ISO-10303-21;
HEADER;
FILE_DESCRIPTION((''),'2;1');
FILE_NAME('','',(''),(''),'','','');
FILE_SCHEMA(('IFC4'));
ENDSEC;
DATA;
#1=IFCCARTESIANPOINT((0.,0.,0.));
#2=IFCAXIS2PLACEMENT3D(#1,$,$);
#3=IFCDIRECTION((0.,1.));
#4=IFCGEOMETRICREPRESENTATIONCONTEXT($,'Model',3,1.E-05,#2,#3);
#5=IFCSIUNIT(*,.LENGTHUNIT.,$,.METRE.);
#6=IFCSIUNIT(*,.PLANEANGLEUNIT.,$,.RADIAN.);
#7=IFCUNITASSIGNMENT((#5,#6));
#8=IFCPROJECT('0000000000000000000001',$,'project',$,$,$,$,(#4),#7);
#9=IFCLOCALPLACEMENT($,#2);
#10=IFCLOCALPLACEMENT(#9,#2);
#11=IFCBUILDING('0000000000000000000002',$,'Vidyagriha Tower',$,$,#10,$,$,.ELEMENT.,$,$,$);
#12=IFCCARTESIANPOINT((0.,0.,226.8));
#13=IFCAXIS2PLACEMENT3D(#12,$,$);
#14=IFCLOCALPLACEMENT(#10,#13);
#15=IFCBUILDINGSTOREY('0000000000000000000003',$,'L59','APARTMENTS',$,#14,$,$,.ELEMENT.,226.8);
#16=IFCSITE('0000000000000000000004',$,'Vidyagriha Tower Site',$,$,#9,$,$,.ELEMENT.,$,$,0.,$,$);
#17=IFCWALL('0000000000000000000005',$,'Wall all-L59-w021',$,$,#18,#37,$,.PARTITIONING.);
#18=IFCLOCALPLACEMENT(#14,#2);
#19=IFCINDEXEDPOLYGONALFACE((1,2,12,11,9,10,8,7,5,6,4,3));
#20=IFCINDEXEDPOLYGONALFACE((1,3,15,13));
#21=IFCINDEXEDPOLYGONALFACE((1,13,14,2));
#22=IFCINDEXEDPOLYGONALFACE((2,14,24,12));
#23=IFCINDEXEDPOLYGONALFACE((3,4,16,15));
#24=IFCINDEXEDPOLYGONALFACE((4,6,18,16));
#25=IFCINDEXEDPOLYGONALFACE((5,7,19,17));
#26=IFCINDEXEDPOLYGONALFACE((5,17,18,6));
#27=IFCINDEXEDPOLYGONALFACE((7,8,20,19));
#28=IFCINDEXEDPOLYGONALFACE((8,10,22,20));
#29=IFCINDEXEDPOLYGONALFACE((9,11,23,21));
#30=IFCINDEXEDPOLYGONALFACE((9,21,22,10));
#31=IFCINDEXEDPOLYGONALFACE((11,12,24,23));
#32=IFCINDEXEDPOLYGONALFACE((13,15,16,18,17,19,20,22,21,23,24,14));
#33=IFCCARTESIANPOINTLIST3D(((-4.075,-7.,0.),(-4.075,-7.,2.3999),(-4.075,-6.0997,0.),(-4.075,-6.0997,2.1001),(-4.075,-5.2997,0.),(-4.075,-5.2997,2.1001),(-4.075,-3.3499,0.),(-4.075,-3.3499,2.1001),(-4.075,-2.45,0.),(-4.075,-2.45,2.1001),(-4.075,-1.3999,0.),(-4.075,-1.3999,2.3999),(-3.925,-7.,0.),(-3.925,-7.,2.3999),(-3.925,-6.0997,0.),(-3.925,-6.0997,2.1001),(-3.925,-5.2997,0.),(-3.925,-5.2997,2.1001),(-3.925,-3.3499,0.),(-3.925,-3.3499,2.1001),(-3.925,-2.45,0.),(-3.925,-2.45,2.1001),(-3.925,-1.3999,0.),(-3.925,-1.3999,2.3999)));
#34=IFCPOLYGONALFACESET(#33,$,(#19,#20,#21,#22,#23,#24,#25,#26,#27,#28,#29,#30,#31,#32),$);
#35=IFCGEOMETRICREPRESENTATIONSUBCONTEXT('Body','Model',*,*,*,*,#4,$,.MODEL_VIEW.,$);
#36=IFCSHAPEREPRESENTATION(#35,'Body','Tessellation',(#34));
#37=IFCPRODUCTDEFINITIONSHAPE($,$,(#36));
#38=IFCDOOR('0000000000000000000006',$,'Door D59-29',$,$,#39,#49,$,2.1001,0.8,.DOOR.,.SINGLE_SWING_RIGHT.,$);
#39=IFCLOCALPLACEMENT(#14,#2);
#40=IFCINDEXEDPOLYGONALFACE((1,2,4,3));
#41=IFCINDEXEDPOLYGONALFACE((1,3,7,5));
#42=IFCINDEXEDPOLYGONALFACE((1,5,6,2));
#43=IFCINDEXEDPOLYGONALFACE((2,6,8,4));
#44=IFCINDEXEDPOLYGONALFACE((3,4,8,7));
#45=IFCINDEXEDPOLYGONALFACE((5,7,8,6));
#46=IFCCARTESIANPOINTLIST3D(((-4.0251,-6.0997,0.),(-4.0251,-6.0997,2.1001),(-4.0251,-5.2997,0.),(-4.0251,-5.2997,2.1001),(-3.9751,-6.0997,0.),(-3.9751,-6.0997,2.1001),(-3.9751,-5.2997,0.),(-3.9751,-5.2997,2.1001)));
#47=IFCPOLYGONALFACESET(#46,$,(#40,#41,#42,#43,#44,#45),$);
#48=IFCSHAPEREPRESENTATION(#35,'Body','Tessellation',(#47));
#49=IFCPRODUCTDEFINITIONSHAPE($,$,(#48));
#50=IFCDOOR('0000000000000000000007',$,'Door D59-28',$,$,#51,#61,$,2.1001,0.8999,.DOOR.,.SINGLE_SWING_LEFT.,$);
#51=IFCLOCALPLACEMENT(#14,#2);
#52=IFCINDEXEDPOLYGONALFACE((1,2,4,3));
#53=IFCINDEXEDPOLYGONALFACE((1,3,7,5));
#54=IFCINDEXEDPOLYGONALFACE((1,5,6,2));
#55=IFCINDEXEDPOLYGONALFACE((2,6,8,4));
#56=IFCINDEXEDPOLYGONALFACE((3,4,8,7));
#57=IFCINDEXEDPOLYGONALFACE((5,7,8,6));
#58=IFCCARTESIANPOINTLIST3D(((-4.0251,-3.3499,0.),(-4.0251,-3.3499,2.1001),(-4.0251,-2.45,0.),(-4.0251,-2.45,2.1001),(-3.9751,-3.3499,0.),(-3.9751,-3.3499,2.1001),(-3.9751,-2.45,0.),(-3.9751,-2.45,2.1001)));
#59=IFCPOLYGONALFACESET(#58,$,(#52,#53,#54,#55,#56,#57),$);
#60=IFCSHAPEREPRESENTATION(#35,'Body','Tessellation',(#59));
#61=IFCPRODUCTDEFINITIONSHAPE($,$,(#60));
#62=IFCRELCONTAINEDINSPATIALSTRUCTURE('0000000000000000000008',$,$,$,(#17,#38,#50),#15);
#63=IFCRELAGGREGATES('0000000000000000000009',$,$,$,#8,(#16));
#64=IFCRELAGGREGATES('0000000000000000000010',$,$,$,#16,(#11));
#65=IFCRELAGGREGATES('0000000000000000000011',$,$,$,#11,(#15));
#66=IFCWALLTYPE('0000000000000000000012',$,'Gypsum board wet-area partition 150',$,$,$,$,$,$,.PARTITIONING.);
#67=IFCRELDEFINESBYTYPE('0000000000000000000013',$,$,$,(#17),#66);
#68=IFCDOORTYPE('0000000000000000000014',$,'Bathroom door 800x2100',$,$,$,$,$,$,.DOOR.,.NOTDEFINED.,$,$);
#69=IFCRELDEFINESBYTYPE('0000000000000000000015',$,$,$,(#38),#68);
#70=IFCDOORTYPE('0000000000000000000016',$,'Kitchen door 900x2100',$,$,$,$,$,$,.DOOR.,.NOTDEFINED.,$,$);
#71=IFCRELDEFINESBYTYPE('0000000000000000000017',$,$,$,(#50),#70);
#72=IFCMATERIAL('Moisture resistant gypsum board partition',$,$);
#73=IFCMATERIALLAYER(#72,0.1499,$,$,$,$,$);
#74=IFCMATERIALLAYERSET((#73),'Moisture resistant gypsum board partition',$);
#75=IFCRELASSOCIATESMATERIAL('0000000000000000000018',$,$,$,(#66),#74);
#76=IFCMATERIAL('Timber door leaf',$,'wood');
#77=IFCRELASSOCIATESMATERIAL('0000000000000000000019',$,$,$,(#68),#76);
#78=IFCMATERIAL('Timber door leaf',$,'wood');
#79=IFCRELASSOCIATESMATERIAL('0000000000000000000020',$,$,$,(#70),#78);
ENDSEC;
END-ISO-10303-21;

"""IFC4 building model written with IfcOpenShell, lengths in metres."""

from ifc_helpers import new_model, si_unit, direction, frame, frame_2d, origin, place, context, subcontext, project, spatial, rectangle, extrude, material, layer, layer_set, type_object, element, fill, save


model = new_model("IFC4")

# Units and contexts
model_context = context("Model", 3, precision=1e-05, world=origin(), true_north=direction((0.0, 1.0)))
body_context = subcontext(model_context, "Body", "Model", "MODEL_VIEW")
ifc_project = project(units=[si_unit("LENGTHUNIT", "METRE"), si_unit("PLANEANGLEUNIT", "RADIAN")], contexts=[model_context])

# Site, building, storey
site_placement = place(None, origin())
site = spatial("IfcSite", under=ifc_project, at=site_placement, Name="Vidyagriha Tower Site", CompositionType="ELEMENT", RefElevation=0.0)
building_placement = place(site_placement, origin())
building = spatial("IfcBuilding", under=site, at=building_placement, Name="Vidyagriha Tower", CompositionType="ELEMENT")
storey_placement = place(building_placement, frame((0.0, 0.0, 226.8)))
storey = spatial("IfcBuildingStorey", under=building, at=storey_placement, Name="L59", Description="APARTMENTS", CompositionType="ELEMENT", Elevation=226.8)

# Wall, openings, doors
ifc_material_1 = material(Name="Moisture resistant gypsum board partition")
ifc_layer_1 = layer(ifc_material_1, 0.1499)
ifc_layer_set_1 = layer_set([ifc_layer_1], Name="Moisture resistant gypsum board partition")
wall_type_1 = type_object("IfcWallType", Name="Gypsum board wet-area partition 150", PredefinedType="PARTITIONING", material=ifc_layer_set_1)
wall_1_placement = place(storey_placement, frame((-4.0, -1.3999, 0.0), z_axis=(0.0, 0.0, 1.0), x_axis=(0.0, -1.0, 0.0)))
wall_1 = element("IfcWall", 1, at=wall_1_placement, inside=storey, type_object=wall_type_1, Name="Wall all-L59-w021", PredefinedType="PARTITIONING", context=body_context, shape_type="SweptSolid", body=[
    extrude(rectangle(XDim=5.6001, YDim=0.1499, at=frame_2d((2.8, 0.0))), origin(), (0.0, 0.0, 1.0), 2.3999),
])
opening_1_placement = place(wall_1_placement, frame((1.05, 0.0, 0.0)))
opening_1 = element("IfcOpeningElement", 2, at=opening_1_placement, cuts=wall_1, PredefinedType="OPENING", context=body_context, shape_type="SweptSolid", body=[
    extrude(rectangle(XDim=0.8999, YDim=2.1001, at=frame_2d((0.45, 1.05))), frame((0.0, 0.085, 0.0), z_axis=(0.0, -1.0, 0.0), x_axis=(1.0, 0.0, 0.0)), (0.0, 0.0, 1.0), 0.1699),
])
opening_2_placement = place(wall_1_placement, frame((3.8999, 0.0, 0.0)))
opening_2 = element("IfcOpeningElement", 3, at=opening_2_placement, cuts=wall_1, PredefinedType="OPENING", context=body_context, shape_type="SweptSolid", body=[
    extrude(rectangle(XDim=0.8, YDim=2.1001, at=frame_2d((0.3999, 1.05))), frame((0.0, 0.085, 0.0), z_axis=(0.0, -1.0, 0.0), x_axis=(1.0, 0.0, 0.0)), (0.0, 0.0, 1.0), 0.1699),
])
ifc_material_2 = material(Name="Timber door leaf", Category="wood")
door_type_1 = type_object("IfcDoorType", Name="Bathroom door 800x2100", OperationType="NOTDEFINED", PredefinedType="DOOR", material=ifc_material_2)
door_1_placement = place(opening_2_placement, origin())
door_1 = element("IfcDoor", 4, at=door_1_placement, inside=storey, type_object=door_type_1, Name="Door D59-29", OperationType="SINGLE_SWING_RIGHT", OverallHeight=2.1001, OverallWidth=0.8, PredefinedType="DOOR", context=body_context, shape_type="SweptSolid", body=[
    extrude(rectangle(XDim=0.8, YDim=2.1001, at=frame_2d((0.3999, 1.05))), frame((0.0, 0.0249, 0.0), z_axis=(0.0, -1.0, 0.0), x_axis=(1.0, 0.0, 0.0)), (0.0, 0.0, 1.0), 0.05),
])
fill(opening_2, door_1)
ifc_material_3 = material(Name="Timber door leaf", Category="wood")
door_type_2 = type_object("IfcDoorType", Name="Kitchen door 900x2100", OperationType="NOTDEFINED", PredefinedType="DOOR", material=ifc_material_3)
door_2_placement = place(opening_1_placement, origin())
door_2 = element("IfcDoor", 5, at=door_2_placement, inside=storey, type_object=door_type_2, Name="Door D59-28", OperationType="SINGLE_SWING_LEFT", OverallHeight=2.1001, OverallWidth=0.8999, PredefinedType="DOOR", context=body_context, shape_type="SweptSolid", body=[
    extrude(rectangle(XDim=0.8999, YDim=2.1001, at=frame_2d((0.45, 1.05))), frame((0.0, 0.0249, 0.0), z_axis=(0.0, -1.0, 0.0), x_axis=(1.0, 0.0, 0.0)), (0.0, 0.0, 1.0), 0.05),
])
fill(opening_1, door_2)

save(model, "model.ifc")
